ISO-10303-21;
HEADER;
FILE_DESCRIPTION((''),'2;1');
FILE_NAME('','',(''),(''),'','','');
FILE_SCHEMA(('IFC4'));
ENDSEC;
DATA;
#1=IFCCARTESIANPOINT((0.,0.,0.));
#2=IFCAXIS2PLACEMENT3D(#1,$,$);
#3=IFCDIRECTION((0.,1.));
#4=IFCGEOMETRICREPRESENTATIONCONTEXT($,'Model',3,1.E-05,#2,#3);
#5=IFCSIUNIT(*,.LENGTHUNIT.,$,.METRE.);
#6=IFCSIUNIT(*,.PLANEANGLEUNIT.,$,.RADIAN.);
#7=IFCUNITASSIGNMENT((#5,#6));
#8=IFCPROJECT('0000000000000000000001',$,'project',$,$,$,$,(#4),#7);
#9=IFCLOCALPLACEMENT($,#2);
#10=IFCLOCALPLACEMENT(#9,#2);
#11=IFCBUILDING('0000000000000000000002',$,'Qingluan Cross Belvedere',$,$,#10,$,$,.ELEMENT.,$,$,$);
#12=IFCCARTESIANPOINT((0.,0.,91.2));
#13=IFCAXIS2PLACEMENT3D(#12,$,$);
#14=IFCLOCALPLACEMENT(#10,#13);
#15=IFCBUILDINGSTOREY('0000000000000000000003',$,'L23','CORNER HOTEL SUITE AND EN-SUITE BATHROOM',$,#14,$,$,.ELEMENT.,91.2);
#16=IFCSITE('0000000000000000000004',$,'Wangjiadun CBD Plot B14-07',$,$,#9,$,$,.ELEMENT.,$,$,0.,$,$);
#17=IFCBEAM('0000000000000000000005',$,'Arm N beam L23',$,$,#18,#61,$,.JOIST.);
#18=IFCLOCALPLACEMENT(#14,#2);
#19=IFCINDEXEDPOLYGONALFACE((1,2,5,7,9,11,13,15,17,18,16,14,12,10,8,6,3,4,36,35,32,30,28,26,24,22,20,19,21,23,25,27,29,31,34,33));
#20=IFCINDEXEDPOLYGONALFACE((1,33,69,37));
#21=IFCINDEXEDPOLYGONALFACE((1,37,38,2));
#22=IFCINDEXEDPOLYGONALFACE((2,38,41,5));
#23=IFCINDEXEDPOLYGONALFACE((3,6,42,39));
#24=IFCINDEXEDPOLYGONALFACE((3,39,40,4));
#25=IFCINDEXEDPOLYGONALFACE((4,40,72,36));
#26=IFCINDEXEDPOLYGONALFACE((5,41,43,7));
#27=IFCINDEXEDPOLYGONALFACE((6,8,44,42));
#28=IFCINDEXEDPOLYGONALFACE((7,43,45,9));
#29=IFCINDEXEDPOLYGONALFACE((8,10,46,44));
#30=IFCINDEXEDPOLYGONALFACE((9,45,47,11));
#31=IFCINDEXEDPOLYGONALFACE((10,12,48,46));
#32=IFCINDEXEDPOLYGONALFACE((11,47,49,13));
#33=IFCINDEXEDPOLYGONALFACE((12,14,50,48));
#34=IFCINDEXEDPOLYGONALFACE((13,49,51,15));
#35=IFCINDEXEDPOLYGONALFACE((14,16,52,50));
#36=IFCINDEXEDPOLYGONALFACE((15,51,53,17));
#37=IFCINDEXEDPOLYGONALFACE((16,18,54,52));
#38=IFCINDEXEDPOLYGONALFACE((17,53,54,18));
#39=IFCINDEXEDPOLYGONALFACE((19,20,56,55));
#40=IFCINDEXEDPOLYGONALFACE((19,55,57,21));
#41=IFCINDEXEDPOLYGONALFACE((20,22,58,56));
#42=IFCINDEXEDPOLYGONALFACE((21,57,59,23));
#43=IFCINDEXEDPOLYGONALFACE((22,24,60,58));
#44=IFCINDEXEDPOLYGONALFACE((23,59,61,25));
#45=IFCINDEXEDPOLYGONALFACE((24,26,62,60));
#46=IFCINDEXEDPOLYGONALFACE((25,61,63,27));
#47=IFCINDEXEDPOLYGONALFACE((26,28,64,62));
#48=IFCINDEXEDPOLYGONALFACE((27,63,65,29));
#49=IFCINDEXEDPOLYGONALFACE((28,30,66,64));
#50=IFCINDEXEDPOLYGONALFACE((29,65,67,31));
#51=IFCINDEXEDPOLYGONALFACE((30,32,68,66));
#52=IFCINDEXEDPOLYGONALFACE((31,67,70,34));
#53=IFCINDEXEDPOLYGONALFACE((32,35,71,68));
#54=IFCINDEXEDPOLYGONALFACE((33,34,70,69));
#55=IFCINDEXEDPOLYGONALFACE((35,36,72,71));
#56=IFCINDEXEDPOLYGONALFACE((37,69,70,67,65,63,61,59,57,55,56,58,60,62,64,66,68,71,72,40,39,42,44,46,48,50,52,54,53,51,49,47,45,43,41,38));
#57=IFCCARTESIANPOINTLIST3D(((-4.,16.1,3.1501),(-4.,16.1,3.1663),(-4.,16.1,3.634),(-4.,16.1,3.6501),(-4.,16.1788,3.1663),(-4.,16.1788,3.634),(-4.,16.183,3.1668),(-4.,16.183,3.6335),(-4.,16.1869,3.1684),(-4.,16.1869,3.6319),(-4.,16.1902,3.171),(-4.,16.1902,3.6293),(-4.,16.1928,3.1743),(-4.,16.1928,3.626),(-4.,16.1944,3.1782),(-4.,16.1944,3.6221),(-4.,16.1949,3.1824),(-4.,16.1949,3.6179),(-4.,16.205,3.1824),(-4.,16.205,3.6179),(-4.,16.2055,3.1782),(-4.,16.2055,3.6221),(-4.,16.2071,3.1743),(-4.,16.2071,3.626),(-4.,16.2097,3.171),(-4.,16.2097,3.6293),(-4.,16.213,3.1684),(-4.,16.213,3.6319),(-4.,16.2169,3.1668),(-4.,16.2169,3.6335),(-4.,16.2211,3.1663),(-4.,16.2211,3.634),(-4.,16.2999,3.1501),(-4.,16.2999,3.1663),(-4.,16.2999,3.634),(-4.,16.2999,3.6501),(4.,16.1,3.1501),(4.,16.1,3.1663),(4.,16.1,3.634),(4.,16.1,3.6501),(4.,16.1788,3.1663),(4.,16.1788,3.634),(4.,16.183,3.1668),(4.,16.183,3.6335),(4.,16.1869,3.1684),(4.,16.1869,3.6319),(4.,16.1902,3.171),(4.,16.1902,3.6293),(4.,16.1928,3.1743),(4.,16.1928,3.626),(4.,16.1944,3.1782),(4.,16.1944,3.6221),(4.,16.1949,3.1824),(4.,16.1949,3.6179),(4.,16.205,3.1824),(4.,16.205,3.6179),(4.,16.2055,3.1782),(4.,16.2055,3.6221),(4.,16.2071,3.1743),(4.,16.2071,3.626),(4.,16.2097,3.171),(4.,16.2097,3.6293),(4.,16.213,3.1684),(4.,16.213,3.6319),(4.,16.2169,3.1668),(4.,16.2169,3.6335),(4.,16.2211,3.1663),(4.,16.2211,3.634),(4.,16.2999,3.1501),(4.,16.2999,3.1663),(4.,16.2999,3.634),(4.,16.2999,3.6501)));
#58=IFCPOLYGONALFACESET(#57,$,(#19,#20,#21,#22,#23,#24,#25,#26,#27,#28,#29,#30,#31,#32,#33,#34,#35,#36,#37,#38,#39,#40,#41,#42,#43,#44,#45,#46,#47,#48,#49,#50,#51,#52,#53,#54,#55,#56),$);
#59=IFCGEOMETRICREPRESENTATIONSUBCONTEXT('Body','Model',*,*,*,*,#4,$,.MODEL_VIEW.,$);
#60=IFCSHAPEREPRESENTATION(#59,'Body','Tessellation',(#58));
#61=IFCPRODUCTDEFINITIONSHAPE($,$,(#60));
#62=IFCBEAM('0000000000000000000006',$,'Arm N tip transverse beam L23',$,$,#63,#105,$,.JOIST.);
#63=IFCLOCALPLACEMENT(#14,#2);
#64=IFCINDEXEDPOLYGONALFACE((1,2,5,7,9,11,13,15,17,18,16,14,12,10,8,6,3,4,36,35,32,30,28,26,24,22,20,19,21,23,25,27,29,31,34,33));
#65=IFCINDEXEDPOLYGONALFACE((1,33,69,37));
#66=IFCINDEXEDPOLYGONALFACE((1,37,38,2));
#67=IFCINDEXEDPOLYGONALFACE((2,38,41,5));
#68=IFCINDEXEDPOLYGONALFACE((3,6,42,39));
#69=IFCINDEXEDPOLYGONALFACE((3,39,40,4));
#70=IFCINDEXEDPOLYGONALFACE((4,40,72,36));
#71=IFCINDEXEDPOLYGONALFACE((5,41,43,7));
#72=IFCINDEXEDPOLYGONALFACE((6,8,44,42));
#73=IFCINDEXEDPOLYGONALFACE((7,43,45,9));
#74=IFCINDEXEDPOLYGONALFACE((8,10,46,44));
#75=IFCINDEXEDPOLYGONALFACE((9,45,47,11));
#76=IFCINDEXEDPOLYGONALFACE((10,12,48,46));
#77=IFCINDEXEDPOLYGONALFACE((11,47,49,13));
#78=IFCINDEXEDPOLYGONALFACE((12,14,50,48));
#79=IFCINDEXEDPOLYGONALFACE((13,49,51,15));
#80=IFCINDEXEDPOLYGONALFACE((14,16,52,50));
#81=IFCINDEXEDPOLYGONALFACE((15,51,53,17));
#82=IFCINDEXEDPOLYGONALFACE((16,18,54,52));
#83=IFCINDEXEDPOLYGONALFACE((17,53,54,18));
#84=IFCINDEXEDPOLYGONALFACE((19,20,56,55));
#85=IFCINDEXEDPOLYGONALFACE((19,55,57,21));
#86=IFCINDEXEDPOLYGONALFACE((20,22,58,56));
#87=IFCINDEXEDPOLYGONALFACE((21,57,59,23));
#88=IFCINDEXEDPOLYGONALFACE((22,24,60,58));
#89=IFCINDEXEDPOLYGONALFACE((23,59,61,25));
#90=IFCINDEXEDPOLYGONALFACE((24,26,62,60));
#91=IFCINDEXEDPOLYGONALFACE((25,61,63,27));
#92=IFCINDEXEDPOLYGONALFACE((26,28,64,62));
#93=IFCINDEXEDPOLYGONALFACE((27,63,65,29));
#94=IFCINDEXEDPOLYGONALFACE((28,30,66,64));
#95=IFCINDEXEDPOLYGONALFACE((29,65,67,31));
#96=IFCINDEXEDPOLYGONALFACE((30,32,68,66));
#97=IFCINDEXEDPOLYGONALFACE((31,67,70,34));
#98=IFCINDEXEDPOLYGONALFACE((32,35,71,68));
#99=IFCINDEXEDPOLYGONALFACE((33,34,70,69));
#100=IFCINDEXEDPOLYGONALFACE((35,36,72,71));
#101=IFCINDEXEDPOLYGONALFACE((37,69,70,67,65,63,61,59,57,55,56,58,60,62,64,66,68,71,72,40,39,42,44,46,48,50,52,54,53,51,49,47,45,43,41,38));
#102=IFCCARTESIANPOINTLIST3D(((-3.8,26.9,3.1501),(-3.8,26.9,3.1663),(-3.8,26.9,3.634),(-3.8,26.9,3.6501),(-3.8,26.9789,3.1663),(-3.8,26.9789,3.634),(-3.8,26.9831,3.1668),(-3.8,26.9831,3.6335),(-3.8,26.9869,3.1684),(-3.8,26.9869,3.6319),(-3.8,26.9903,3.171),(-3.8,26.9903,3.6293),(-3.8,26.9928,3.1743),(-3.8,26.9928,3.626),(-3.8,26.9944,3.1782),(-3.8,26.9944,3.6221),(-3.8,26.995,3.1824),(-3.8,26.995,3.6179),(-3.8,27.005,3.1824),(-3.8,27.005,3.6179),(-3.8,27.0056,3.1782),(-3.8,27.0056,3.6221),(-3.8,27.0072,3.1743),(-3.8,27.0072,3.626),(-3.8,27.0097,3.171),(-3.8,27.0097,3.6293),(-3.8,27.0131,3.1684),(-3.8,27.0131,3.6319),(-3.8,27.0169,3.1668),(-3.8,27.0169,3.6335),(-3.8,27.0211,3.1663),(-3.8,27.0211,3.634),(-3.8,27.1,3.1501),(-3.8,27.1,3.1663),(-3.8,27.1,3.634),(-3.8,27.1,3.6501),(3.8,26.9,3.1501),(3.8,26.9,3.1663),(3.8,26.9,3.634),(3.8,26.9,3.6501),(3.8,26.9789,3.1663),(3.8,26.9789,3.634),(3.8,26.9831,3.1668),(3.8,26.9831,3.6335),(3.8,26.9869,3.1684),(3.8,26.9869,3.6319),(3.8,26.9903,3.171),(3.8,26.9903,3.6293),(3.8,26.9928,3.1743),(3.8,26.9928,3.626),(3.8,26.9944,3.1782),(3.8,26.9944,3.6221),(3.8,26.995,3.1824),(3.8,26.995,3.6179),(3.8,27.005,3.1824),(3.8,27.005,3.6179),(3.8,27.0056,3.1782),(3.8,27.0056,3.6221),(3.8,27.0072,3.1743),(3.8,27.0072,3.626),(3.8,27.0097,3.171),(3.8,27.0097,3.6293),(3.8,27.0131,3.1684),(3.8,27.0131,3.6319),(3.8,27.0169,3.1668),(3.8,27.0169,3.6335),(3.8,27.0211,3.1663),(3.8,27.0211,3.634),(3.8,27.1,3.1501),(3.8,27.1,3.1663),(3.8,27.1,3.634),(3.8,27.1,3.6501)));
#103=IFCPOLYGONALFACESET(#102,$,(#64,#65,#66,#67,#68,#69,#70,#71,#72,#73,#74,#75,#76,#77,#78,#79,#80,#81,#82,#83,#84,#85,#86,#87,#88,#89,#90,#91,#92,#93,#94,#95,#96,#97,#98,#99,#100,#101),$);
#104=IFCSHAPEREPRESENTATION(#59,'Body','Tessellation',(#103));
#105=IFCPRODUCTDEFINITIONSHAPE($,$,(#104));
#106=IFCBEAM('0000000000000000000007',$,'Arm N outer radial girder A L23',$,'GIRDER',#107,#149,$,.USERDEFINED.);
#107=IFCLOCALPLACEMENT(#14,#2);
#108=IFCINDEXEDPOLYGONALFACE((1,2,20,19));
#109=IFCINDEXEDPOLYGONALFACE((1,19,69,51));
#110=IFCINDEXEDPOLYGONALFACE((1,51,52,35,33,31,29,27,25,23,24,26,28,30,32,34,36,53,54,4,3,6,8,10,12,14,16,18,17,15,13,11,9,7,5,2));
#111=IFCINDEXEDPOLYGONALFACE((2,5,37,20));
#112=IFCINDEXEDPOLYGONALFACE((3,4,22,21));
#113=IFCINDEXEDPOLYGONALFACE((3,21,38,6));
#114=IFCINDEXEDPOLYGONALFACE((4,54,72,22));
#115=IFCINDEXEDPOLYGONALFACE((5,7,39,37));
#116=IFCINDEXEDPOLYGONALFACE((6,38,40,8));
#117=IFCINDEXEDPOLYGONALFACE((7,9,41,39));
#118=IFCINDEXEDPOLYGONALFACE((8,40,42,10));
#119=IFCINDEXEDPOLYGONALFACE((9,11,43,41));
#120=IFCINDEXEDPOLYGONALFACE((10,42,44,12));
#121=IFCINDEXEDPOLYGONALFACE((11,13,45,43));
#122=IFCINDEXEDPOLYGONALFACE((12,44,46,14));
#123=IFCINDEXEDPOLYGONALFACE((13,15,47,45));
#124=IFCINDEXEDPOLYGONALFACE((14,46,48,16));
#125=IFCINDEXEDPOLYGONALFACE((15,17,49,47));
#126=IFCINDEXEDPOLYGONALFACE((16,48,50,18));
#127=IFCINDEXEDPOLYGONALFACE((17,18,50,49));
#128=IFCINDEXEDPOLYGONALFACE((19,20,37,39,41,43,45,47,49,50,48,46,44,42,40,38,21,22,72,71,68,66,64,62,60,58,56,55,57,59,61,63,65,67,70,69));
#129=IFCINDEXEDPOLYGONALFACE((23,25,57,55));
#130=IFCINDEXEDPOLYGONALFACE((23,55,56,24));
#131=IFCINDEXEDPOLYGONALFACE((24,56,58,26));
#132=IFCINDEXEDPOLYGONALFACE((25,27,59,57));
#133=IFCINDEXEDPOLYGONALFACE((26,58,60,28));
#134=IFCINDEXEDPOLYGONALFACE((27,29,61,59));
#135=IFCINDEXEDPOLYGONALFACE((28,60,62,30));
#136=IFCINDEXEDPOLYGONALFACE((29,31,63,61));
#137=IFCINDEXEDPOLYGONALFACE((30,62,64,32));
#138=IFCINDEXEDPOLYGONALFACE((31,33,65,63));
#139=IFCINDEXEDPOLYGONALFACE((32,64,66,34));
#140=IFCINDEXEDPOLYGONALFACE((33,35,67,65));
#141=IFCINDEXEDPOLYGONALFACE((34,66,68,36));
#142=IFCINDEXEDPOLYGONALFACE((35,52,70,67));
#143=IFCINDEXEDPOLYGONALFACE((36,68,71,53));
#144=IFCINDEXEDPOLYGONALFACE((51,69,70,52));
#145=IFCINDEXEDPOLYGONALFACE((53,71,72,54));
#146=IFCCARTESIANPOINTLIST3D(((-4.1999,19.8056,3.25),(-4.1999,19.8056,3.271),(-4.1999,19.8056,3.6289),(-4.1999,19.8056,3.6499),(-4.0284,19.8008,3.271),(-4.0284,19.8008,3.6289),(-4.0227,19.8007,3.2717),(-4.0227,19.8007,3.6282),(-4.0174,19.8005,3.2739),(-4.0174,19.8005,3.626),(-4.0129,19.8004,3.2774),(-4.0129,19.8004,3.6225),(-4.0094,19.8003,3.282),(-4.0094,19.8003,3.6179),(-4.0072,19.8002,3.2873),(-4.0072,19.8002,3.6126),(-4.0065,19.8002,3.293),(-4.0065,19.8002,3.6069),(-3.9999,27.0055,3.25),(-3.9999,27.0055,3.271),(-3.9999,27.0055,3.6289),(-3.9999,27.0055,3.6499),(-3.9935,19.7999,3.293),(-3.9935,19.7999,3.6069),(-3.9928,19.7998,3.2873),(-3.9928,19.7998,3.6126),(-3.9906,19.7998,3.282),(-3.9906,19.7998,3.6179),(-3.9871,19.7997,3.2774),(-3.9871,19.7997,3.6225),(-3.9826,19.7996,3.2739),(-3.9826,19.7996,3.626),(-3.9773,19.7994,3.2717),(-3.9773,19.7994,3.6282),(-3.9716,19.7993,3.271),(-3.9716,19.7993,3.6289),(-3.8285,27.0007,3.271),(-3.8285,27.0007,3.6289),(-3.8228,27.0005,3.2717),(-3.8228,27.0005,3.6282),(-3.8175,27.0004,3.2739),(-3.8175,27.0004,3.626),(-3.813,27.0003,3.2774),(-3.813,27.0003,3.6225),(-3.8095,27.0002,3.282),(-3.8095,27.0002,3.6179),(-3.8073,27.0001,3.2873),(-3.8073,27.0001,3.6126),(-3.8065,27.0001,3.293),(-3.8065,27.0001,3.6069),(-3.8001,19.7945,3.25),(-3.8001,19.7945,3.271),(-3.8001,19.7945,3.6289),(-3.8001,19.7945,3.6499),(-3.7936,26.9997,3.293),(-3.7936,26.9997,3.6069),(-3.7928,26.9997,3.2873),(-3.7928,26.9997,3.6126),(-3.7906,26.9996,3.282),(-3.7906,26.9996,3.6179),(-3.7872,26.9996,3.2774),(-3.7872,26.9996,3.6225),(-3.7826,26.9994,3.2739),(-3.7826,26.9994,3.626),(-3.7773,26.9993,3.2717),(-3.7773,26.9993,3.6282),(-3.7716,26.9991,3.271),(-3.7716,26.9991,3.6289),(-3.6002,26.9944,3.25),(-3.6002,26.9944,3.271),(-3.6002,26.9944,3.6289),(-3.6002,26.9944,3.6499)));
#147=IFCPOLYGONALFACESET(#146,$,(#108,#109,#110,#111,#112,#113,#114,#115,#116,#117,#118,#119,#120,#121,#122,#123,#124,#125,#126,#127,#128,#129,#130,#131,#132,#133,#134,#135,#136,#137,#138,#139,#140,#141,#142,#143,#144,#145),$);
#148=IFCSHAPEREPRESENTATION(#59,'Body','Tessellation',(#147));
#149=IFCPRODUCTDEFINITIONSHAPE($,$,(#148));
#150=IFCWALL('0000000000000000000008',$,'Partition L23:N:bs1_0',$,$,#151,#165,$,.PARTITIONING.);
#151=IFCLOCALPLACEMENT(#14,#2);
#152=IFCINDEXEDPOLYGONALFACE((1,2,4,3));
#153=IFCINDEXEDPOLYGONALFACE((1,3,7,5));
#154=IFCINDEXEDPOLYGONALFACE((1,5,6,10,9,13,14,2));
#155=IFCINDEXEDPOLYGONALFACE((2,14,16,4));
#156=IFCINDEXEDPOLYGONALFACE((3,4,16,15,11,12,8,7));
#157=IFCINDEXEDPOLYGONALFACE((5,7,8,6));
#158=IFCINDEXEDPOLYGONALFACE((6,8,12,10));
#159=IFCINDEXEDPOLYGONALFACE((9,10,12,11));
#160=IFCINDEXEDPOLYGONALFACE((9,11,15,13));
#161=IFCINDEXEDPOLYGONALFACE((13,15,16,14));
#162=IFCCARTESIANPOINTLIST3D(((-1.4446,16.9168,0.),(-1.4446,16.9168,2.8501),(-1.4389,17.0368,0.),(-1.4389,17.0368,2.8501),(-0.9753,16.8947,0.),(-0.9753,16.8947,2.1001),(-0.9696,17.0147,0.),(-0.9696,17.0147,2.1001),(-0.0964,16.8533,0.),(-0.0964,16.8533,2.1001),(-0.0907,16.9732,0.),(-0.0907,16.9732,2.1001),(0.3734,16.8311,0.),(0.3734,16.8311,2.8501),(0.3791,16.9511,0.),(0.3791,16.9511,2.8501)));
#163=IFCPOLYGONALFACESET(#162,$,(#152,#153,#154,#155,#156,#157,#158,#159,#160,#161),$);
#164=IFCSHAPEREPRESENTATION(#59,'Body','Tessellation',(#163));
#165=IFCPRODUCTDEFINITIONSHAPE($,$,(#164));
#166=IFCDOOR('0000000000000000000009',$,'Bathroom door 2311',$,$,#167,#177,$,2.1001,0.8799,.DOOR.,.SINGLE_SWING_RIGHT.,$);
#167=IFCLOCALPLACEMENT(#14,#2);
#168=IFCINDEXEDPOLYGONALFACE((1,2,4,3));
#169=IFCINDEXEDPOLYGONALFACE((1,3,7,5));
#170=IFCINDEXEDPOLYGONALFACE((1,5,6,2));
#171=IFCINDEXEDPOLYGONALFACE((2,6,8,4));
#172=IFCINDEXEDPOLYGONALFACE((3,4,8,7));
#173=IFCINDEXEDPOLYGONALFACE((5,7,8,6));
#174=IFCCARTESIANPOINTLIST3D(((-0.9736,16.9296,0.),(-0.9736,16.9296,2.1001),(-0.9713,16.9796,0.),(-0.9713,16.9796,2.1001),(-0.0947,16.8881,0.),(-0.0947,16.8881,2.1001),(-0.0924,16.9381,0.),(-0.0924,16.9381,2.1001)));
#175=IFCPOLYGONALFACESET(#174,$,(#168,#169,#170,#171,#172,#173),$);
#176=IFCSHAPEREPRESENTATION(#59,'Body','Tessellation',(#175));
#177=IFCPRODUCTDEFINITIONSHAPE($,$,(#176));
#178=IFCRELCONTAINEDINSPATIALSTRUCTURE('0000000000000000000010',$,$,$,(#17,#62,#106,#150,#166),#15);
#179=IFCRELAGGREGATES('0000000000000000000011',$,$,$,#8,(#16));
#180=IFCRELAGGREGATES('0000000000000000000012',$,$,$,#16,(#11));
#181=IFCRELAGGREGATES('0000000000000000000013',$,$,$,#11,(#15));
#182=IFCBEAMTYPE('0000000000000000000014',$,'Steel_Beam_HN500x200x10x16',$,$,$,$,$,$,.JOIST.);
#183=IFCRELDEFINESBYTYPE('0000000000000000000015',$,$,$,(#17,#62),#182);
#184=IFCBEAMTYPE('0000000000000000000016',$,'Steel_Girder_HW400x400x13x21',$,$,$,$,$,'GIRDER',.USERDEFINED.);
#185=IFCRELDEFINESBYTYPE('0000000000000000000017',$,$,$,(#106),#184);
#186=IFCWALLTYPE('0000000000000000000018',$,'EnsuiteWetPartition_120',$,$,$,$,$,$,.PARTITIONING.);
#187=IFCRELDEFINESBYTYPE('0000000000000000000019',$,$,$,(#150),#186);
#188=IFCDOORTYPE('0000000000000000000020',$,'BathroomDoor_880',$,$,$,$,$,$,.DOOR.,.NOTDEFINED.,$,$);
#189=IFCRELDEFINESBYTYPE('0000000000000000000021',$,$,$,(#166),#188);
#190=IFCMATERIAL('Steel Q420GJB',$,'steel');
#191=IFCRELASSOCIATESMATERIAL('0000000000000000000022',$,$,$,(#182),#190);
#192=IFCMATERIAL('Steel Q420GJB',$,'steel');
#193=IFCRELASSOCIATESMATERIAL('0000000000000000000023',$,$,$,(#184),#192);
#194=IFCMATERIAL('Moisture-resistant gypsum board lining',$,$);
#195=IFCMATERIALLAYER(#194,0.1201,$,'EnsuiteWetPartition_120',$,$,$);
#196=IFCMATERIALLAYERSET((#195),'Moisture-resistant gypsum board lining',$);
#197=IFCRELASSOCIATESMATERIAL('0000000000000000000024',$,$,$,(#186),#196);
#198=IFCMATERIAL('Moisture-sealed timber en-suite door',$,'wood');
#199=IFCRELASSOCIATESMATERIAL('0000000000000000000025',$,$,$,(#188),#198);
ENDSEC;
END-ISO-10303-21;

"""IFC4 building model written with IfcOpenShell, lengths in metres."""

from ifc_helpers import new_model, si_unit, direction, frame, frame_2d, origin, origin_2d, place, context, subcontext, project, spatial, rectangle, i_section, extrude, material, layer, layer_set, material_profile, profile_set, type_object, element, fill, save


model = new_model("IFC4")

# Units and contexts
model_context = context("Model", 3, precision=1e-05, world=origin(), true_north=direction((0.0, 1.0)))
body_context = subcontext(model_context, "Body", "Model", "MODEL_VIEW")
ifc_project = project(units=[si_unit("LENGTHUNIT", "METRE"), si_unit("PLANEANGLEUNIT", "RADIAN")], contexts=[model_context])

# Site, building, storey
site_placement = place(None, origin())
site = spatial("IfcSite", under=ifc_project, at=site_placement, Name="Wangjiadun CBD Plot B14-07", CompositionType="ELEMENT", RefElevation=0.0)
building_placement = place(site_placement, origin())
building = spatial("IfcBuilding", under=site, at=building_placement, Name="Qingluan Cross Belvedere", CompositionType="ELEMENT")
storey_placement = place(building_placement, frame((0.0, 0.0, 91.2)))
storey = spatial("IfcBuildingStorey", under=building, at=storey_placement, Name="L23", Description="CORNER HOTEL SUITE AND EN-SUITE BATHROOM", CompositionType="ELEMENT", Elevation=91.2)

# Beams
ifc_material_1 = material(Name="Steel Q420GJB", Category="steel")
ifc_material_profile_1 = material_profile(ifc_material_1, i_section(OverallWidth=0.2, OverallDepth=0.5, WebThickness=0.01, FlangeThickness=0.0161, FilletRadius=0.0161, at=origin_2d()), Name="HN500x200x10x16")
ifc_profile_set_1 = profile_set([ifc_material_profile_1], Name="Steel Q420GJB")
beam_type_1 = type_object("IfcBeamType", Name="Steel_Beam_HN500x200x10x16", PredefinedType="JOIST", material=ifc_profile_set_1)
for number, where, z_axis, x_axis, name in (
    (1, (-4.0, 16.2, 3.4001), (1.0, 0.0, 0.0), (0.0, 1.0, 0.0), "Arm N beam L23"),
):
    element("IfcBeam", number, at=place(storey_placement, frame(where, z_axis=z_axis, x_axis=x_axis)), inside=storey, type_object=beam_type_1, Name=name, PredefinedType="JOIST", context=body_context, shape_type="SweptSolid", body=[
        extrude(i_section(OverallWidth=0.2, OverallDepth=0.5, WebThickness=0.01, FlangeThickness=0.0161, FilletRadius=0.0161, at=origin_2d()), origin(), (0.0, 0.0, 1.0), 8.0),
    ])
beam_1_placement = place(storey_placement, frame((-3.8, 27.0, 3.4001), z_axis=(1.0, 0.0, 0.0), x_axis=(0.0, 1.0, 0.0)))
element("IfcBeam", 2, at=beam_1_placement, inside=storey, type_object=beam_type_1, Name="Arm N tip transverse beam L23", PredefinedType="JOIST", context=body_context, shape_type="SweptSolid", body=[
    extrude(i_section(OverallWidth=0.2, OverallDepth=0.5, WebThickness=0.01, FlangeThickness=0.0161, FilletRadius=0.0161, at=origin_2d()), origin(), (0.0, 0.0, 1.0), 7.6001),
])
ifc_material_2 = material(Name="Steel Q420GJB", Category="steel")
ifc_material_profile_2 = material_profile(ifc_material_2, i_section(OverallWidth=0.3999, OverallDepth=0.3999, WebThickness=0.0129, FlangeThickness=0.021, FilletRadius=0.022, at=origin_2d()), Name="HW400x400x13x21")
ifc_profile_set_2 = profile_set([ifc_material_profile_2], Name="Steel Q420GJB")
beam_type_2 = type_object("IfcBeamType", Name="Steel_Girder_HW400x400x13x21", ElementType="GIRDER", PredefinedType="USERDEFINED", material=ifc_profile_set_2)
beam_2_placement = place(storey_placement, frame((-4.0, 19.8, 3.45), z_axis=(0.02776, 0.999615, 0.0), x_axis=(-0.999615, 0.02776, 0.0)))
element("IfcBeam", 3, at=beam_2_placement, inside=storey, type_object=beam_type_2, Name="Arm N outer radial girder A L23", ObjectType="GIRDER", PredefinedType="USERDEFINED", context=body_context, shape_type="SweptSolid", body=[
    extrude(i_section(OverallWidth=0.3999, OverallDepth=0.3999, WebThickness=0.0129, FlangeThickness=0.021, FilletRadius=0.022, at=origin_2d()), origin(), (0.0, 0.0, 1.0), 7.2026),
])

# Wall, opening, door
ifc_material_3 = material(Name="Moisture-resistant gypsum board lining")
ifc_layer_1 = layer(ifc_material_3, 0.1201, Name="EnsuiteWetPartition_120")
ifc_layer_set_1 = layer_set([ifc_layer_1], Name="Moisture-resistant gypsum board lining")
wall_type_1 = type_object("IfcWallType", Name="EnsuiteWetPartition_120", PredefinedType="PARTITIONING", material=ifc_layer_set_1)
wall_1_placement = place(storey_placement, frame((-1.4419, 16.9768, 0.0), z_axis=(0.0, 0.0, 1.0), x_axis=(0.998891, -0.047081, 0.0)))
wall_1 = element("IfcWall", 4, at=wall_1_placement, inside=storey, type_object=wall_type_1, Name="Partition L23:N:bs1_0", PredefinedType="PARTITIONING", context=body_context, shape_type="SweptSolid", body=[
    extrude(rectangle(XDim=1.8201, YDim=0.1201, at=frame_2d((0.9102, 0.0))), origin(), (0.0, 0.0, 1.0), 2.8501),
])
opening_1_placement = place(wall_1_placement, frame((0.47, 0.0, 0.0)))
opening_1 = element("IfcOpeningElement", 5, at=opening_1_placement, cuts=wall_1, PredefinedType="OPENING", context=body_context, shape_type="SweptSolid", body=[
    extrude(rectangle(XDim=0.8799, YDim=2.1001, at=frame_2d((0.4399, 1.05))), frame((0.0, 0.0701, 0.0), z_axis=(0.0, -1.0, 0.0), x_axis=(1.0, 0.0, 0.0)), (0.0, 0.0, 1.0), 0.1401),
])
ifc_material_4 = material(Name="Moisture-sealed timber en-suite door", Category="wood")
door_type_1 = type_object("IfcDoorType", Name="BathroomDoor_880", OperationType="NOTDEFINED", PredefinedType="DOOR", material=ifc_material_4)
door_1_placement = place(opening_1_placement, origin())
door_1 = element("IfcDoor", 6, at=door_1_placement, inside=storey, type_object=door_type_1, Name="Bathroom door 2311", OperationType="SINGLE_SWING_RIGHT", OverallHeight=2.1001, OverallWidth=0.8799, PredefinedType="DOOR", context=body_context, shape_type="SweptSolid", body=[
    extrude(rectangle(XDim=0.8799, YDim=2.1001, at=frame_2d((0.4399, 1.05))), frame((0.0, 0.0249, 0.0), z_axis=(0.0, -1.0, 0.0), x_axis=(1.0, 0.0, 0.0)), (0.0, 0.0, 1.0), 0.05),
])
fill(opening_1, door_1)

save(model, "model.ifc")
